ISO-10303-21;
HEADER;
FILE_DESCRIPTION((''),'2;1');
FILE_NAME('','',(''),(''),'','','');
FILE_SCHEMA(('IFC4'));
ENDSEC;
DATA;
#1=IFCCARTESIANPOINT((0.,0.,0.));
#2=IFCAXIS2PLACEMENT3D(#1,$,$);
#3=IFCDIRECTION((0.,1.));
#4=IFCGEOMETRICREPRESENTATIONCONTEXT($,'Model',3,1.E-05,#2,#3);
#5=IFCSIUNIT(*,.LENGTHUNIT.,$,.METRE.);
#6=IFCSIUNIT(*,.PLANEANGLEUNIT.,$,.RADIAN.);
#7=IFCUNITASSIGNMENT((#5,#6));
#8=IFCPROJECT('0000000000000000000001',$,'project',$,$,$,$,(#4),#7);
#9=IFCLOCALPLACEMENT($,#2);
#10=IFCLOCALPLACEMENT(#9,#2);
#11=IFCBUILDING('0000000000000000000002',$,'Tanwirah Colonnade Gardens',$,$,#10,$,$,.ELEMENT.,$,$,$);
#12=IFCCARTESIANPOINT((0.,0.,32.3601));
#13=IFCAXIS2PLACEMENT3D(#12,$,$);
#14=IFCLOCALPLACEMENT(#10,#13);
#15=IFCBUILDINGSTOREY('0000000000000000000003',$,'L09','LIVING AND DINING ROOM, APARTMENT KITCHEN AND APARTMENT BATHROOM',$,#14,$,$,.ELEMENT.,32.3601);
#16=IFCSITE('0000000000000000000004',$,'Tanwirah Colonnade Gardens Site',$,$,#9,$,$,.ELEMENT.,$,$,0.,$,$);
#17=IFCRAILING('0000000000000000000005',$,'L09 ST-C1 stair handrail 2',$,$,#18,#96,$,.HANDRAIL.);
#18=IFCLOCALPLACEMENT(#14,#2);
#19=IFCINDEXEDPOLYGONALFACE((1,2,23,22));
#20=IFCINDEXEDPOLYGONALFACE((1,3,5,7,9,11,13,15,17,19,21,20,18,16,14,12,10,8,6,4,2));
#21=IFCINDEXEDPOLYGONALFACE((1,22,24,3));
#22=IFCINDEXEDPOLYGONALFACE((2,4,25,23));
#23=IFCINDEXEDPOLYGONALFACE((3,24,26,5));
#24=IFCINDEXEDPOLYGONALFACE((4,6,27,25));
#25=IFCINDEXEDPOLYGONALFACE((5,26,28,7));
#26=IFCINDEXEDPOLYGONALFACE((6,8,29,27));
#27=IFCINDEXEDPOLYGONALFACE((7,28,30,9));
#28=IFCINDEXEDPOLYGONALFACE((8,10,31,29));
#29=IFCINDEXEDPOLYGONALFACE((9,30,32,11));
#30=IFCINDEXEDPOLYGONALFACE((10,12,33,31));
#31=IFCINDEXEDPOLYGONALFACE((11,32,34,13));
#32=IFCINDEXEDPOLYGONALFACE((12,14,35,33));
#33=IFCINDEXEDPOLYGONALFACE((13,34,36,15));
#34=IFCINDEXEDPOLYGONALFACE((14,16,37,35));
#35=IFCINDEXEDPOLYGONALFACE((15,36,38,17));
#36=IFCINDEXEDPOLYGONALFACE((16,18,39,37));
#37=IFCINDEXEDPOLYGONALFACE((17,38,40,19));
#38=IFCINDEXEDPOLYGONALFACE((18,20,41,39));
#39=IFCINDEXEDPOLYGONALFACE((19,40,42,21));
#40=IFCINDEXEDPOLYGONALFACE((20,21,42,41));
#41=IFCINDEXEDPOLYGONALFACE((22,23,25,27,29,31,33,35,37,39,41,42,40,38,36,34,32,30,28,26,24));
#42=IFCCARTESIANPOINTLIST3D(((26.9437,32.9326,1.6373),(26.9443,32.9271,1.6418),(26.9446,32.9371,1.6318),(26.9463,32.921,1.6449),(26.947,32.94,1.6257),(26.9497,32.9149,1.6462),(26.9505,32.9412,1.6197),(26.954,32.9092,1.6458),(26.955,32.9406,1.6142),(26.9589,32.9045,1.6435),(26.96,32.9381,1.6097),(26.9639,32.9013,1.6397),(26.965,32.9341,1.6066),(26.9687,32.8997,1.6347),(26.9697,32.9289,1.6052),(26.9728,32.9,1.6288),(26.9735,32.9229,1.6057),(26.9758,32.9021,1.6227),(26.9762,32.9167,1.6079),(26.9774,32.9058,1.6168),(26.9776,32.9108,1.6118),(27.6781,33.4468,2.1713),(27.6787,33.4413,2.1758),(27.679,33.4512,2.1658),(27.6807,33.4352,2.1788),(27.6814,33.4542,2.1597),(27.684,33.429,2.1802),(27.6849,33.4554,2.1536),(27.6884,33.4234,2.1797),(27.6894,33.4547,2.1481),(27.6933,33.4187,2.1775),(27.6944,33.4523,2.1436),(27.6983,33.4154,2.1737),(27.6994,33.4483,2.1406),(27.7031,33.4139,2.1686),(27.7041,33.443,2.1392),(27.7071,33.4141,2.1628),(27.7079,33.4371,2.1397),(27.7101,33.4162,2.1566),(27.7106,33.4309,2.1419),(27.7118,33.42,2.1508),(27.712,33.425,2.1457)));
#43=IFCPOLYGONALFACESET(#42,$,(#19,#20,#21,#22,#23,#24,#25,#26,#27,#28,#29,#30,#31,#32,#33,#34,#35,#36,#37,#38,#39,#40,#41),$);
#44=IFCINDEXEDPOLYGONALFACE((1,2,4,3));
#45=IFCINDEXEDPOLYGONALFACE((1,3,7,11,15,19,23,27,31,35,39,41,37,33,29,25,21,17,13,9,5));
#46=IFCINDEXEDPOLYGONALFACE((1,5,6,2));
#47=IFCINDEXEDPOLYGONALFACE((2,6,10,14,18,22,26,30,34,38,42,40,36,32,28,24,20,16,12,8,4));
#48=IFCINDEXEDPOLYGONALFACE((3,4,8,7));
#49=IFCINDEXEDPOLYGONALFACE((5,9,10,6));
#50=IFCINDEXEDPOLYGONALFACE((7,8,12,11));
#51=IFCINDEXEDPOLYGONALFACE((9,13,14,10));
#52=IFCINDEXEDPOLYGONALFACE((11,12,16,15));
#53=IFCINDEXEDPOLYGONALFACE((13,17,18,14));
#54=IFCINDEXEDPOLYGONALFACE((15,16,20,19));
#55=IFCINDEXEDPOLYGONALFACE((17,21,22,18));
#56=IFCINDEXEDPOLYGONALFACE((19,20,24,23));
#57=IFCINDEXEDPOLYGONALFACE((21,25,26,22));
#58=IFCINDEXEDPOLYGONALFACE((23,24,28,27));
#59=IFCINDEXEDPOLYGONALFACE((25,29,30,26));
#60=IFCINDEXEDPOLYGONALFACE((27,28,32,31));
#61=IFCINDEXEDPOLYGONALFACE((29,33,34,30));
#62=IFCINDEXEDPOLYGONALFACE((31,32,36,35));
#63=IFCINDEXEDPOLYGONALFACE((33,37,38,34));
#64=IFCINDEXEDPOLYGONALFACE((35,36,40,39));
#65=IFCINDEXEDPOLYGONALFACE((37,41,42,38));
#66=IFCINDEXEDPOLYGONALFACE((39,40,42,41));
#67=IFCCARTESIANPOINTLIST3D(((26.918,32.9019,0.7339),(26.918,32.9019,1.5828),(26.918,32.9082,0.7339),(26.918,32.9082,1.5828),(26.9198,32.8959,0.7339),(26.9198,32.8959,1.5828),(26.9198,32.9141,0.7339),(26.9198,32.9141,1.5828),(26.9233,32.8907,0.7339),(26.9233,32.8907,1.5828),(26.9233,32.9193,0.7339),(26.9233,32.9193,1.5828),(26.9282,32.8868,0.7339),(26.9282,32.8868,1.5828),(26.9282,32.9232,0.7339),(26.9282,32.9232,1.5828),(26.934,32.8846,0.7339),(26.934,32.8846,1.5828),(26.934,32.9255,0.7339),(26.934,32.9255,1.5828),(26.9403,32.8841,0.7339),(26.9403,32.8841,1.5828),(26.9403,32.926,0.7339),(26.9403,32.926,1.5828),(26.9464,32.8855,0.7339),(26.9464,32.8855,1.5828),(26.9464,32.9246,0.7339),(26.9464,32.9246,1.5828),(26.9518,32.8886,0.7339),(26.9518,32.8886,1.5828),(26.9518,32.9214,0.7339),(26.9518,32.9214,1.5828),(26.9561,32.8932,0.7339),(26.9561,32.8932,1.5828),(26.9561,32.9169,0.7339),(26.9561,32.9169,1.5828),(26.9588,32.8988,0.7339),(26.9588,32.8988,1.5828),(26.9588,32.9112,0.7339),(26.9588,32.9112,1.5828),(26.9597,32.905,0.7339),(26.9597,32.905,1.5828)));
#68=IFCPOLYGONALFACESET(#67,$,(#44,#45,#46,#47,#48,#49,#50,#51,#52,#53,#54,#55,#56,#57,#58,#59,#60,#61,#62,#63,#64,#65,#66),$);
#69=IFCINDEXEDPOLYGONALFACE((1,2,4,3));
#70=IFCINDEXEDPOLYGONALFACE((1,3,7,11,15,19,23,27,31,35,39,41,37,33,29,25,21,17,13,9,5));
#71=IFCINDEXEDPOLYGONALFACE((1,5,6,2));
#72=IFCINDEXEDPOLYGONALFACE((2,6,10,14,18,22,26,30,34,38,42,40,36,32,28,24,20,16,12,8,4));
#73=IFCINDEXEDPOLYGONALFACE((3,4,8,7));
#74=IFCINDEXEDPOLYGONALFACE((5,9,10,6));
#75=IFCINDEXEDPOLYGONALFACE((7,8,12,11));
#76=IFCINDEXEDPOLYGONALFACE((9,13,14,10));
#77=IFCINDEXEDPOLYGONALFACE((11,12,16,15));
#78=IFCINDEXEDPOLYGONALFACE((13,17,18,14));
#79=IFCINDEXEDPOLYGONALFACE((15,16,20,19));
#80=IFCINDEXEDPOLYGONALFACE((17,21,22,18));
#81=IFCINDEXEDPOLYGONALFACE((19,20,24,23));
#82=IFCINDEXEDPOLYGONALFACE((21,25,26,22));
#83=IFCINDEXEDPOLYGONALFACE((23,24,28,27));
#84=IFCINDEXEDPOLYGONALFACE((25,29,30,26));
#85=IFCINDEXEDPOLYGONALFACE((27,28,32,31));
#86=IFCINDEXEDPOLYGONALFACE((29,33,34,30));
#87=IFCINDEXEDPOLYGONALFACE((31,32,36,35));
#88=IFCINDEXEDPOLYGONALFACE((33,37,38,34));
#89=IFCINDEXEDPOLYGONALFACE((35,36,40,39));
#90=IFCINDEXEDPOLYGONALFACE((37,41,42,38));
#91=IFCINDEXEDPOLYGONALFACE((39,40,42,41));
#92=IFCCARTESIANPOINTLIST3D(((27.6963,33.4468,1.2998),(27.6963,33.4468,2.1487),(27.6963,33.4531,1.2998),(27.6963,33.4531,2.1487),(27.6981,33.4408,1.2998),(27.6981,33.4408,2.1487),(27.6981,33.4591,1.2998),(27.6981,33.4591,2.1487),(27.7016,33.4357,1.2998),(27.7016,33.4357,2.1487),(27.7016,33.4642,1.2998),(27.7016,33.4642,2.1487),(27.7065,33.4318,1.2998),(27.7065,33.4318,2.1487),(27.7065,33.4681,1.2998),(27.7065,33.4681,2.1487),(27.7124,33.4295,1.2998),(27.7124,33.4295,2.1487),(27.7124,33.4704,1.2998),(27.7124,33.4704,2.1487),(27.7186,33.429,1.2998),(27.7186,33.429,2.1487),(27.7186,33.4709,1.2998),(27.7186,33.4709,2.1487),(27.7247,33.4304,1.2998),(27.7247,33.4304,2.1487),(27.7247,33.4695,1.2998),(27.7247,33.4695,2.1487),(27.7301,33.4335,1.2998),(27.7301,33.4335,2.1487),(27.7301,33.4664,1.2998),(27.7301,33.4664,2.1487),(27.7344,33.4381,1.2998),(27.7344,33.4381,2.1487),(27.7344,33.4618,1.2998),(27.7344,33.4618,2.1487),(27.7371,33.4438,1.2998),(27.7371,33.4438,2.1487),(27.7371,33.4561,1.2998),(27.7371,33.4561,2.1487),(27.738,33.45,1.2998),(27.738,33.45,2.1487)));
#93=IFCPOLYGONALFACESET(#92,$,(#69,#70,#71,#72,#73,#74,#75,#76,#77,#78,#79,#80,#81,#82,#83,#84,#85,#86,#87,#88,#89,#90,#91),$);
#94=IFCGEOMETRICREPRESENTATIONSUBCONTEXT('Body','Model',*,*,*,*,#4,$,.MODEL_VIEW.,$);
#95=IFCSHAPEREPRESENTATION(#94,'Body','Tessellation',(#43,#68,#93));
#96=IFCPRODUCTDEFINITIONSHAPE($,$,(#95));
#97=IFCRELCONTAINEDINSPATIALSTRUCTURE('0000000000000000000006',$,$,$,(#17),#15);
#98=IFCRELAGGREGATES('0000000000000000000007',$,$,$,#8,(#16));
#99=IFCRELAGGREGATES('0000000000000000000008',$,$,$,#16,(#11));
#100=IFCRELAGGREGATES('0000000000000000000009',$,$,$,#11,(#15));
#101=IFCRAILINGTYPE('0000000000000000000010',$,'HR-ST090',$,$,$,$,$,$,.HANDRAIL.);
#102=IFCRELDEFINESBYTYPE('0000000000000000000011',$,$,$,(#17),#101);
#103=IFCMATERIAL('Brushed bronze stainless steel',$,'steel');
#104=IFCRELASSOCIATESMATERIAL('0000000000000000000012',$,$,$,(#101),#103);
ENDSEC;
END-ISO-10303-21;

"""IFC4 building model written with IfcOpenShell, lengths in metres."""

from ifc_helpers import new_model, si_unit, direction, frame, origin, origin_2d, place, context, subcontext, project, spatial, circle, extrude, material, type_object, element, save


model = new_model("IFC4")

# Units and contexts
model_context = context("Model", 3, precision=1e-05, world=origin(), true_north=direction((0.0, 1.0)))
body_context = subcontext(model_context, "Body", "Model", "MODEL_VIEW")
ifc_project = project(units=[si_unit("LENGTHUNIT", "METRE"), si_unit("PLANEANGLEUNIT", "RADIAN")], contexts=[model_context])

# Site, building, storey
site_placement = place(None, origin())
site = spatial("IfcSite", under=ifc_project, at=site_placement, Name="Tanwirah Colonnade Gardens Site", CompositionType="ELEMENT", RefElevation=0.0)
building_placement = place(site_placement, origin())
building = spatial("IfcBuilding", under=site, at=building_placement, Name="Tanwirah Colonnade Gardens", CompositionType="ELEMENT")
storey_placement = place(building_placement, frame((0.0, 0.0, 32.3601)))
storey = spatial("IfcBuildingStorey", under=building, at=storey_placement, Name="L09", Description="LIVING AND DINING ROOM, APARTMENT KITCHEN AND APARTMENT BATHROOM", CompositionType="ELEMENT", Elevation=32.3601)

# Railing
ifc_material_1 = material(Name="Brushed bronze stainless steel", Category="steel")
railing_type_1 = type_object("IfcRailingType", Name="HR-ST090", PredefinedType="HANDRAIL", material=ifc_material_1)
railing_1_placement = place(storey_placement, frame((26.9387, 32.905, 0.7339)))
element("IfcRailing", 1, at=railing_1_placement, inside=storey, type_object=railing_type_1, Name="L09 ST-C1 stair handrail 2", PredefinedType="HANDRAIL", context=body_context, shape_type="SweptSolid", body=[
    extrude(circle(Radius=0.0239, at=origin_2d()), frame((0.022, 0.0154, 0.8918), z_axis=(0.703797, 0.492747, 0.511732), x_axis=(-0.573531, 0.819184, 0.0)), (0.0, 0.0, 1.0), 1.0435),
    extrude(circle(Radius=0.021, at=origin_2d()), origin(), (0.0, 0.0, 1.0), 0.8489),
    extrude(circle(Radius=0.021, at=origin_2d()), frame((0.7783, 0.5449, 0.5659)), (0.0, 0.0, 1.0), 0.8489),
])

save(model, "model.ifc")
